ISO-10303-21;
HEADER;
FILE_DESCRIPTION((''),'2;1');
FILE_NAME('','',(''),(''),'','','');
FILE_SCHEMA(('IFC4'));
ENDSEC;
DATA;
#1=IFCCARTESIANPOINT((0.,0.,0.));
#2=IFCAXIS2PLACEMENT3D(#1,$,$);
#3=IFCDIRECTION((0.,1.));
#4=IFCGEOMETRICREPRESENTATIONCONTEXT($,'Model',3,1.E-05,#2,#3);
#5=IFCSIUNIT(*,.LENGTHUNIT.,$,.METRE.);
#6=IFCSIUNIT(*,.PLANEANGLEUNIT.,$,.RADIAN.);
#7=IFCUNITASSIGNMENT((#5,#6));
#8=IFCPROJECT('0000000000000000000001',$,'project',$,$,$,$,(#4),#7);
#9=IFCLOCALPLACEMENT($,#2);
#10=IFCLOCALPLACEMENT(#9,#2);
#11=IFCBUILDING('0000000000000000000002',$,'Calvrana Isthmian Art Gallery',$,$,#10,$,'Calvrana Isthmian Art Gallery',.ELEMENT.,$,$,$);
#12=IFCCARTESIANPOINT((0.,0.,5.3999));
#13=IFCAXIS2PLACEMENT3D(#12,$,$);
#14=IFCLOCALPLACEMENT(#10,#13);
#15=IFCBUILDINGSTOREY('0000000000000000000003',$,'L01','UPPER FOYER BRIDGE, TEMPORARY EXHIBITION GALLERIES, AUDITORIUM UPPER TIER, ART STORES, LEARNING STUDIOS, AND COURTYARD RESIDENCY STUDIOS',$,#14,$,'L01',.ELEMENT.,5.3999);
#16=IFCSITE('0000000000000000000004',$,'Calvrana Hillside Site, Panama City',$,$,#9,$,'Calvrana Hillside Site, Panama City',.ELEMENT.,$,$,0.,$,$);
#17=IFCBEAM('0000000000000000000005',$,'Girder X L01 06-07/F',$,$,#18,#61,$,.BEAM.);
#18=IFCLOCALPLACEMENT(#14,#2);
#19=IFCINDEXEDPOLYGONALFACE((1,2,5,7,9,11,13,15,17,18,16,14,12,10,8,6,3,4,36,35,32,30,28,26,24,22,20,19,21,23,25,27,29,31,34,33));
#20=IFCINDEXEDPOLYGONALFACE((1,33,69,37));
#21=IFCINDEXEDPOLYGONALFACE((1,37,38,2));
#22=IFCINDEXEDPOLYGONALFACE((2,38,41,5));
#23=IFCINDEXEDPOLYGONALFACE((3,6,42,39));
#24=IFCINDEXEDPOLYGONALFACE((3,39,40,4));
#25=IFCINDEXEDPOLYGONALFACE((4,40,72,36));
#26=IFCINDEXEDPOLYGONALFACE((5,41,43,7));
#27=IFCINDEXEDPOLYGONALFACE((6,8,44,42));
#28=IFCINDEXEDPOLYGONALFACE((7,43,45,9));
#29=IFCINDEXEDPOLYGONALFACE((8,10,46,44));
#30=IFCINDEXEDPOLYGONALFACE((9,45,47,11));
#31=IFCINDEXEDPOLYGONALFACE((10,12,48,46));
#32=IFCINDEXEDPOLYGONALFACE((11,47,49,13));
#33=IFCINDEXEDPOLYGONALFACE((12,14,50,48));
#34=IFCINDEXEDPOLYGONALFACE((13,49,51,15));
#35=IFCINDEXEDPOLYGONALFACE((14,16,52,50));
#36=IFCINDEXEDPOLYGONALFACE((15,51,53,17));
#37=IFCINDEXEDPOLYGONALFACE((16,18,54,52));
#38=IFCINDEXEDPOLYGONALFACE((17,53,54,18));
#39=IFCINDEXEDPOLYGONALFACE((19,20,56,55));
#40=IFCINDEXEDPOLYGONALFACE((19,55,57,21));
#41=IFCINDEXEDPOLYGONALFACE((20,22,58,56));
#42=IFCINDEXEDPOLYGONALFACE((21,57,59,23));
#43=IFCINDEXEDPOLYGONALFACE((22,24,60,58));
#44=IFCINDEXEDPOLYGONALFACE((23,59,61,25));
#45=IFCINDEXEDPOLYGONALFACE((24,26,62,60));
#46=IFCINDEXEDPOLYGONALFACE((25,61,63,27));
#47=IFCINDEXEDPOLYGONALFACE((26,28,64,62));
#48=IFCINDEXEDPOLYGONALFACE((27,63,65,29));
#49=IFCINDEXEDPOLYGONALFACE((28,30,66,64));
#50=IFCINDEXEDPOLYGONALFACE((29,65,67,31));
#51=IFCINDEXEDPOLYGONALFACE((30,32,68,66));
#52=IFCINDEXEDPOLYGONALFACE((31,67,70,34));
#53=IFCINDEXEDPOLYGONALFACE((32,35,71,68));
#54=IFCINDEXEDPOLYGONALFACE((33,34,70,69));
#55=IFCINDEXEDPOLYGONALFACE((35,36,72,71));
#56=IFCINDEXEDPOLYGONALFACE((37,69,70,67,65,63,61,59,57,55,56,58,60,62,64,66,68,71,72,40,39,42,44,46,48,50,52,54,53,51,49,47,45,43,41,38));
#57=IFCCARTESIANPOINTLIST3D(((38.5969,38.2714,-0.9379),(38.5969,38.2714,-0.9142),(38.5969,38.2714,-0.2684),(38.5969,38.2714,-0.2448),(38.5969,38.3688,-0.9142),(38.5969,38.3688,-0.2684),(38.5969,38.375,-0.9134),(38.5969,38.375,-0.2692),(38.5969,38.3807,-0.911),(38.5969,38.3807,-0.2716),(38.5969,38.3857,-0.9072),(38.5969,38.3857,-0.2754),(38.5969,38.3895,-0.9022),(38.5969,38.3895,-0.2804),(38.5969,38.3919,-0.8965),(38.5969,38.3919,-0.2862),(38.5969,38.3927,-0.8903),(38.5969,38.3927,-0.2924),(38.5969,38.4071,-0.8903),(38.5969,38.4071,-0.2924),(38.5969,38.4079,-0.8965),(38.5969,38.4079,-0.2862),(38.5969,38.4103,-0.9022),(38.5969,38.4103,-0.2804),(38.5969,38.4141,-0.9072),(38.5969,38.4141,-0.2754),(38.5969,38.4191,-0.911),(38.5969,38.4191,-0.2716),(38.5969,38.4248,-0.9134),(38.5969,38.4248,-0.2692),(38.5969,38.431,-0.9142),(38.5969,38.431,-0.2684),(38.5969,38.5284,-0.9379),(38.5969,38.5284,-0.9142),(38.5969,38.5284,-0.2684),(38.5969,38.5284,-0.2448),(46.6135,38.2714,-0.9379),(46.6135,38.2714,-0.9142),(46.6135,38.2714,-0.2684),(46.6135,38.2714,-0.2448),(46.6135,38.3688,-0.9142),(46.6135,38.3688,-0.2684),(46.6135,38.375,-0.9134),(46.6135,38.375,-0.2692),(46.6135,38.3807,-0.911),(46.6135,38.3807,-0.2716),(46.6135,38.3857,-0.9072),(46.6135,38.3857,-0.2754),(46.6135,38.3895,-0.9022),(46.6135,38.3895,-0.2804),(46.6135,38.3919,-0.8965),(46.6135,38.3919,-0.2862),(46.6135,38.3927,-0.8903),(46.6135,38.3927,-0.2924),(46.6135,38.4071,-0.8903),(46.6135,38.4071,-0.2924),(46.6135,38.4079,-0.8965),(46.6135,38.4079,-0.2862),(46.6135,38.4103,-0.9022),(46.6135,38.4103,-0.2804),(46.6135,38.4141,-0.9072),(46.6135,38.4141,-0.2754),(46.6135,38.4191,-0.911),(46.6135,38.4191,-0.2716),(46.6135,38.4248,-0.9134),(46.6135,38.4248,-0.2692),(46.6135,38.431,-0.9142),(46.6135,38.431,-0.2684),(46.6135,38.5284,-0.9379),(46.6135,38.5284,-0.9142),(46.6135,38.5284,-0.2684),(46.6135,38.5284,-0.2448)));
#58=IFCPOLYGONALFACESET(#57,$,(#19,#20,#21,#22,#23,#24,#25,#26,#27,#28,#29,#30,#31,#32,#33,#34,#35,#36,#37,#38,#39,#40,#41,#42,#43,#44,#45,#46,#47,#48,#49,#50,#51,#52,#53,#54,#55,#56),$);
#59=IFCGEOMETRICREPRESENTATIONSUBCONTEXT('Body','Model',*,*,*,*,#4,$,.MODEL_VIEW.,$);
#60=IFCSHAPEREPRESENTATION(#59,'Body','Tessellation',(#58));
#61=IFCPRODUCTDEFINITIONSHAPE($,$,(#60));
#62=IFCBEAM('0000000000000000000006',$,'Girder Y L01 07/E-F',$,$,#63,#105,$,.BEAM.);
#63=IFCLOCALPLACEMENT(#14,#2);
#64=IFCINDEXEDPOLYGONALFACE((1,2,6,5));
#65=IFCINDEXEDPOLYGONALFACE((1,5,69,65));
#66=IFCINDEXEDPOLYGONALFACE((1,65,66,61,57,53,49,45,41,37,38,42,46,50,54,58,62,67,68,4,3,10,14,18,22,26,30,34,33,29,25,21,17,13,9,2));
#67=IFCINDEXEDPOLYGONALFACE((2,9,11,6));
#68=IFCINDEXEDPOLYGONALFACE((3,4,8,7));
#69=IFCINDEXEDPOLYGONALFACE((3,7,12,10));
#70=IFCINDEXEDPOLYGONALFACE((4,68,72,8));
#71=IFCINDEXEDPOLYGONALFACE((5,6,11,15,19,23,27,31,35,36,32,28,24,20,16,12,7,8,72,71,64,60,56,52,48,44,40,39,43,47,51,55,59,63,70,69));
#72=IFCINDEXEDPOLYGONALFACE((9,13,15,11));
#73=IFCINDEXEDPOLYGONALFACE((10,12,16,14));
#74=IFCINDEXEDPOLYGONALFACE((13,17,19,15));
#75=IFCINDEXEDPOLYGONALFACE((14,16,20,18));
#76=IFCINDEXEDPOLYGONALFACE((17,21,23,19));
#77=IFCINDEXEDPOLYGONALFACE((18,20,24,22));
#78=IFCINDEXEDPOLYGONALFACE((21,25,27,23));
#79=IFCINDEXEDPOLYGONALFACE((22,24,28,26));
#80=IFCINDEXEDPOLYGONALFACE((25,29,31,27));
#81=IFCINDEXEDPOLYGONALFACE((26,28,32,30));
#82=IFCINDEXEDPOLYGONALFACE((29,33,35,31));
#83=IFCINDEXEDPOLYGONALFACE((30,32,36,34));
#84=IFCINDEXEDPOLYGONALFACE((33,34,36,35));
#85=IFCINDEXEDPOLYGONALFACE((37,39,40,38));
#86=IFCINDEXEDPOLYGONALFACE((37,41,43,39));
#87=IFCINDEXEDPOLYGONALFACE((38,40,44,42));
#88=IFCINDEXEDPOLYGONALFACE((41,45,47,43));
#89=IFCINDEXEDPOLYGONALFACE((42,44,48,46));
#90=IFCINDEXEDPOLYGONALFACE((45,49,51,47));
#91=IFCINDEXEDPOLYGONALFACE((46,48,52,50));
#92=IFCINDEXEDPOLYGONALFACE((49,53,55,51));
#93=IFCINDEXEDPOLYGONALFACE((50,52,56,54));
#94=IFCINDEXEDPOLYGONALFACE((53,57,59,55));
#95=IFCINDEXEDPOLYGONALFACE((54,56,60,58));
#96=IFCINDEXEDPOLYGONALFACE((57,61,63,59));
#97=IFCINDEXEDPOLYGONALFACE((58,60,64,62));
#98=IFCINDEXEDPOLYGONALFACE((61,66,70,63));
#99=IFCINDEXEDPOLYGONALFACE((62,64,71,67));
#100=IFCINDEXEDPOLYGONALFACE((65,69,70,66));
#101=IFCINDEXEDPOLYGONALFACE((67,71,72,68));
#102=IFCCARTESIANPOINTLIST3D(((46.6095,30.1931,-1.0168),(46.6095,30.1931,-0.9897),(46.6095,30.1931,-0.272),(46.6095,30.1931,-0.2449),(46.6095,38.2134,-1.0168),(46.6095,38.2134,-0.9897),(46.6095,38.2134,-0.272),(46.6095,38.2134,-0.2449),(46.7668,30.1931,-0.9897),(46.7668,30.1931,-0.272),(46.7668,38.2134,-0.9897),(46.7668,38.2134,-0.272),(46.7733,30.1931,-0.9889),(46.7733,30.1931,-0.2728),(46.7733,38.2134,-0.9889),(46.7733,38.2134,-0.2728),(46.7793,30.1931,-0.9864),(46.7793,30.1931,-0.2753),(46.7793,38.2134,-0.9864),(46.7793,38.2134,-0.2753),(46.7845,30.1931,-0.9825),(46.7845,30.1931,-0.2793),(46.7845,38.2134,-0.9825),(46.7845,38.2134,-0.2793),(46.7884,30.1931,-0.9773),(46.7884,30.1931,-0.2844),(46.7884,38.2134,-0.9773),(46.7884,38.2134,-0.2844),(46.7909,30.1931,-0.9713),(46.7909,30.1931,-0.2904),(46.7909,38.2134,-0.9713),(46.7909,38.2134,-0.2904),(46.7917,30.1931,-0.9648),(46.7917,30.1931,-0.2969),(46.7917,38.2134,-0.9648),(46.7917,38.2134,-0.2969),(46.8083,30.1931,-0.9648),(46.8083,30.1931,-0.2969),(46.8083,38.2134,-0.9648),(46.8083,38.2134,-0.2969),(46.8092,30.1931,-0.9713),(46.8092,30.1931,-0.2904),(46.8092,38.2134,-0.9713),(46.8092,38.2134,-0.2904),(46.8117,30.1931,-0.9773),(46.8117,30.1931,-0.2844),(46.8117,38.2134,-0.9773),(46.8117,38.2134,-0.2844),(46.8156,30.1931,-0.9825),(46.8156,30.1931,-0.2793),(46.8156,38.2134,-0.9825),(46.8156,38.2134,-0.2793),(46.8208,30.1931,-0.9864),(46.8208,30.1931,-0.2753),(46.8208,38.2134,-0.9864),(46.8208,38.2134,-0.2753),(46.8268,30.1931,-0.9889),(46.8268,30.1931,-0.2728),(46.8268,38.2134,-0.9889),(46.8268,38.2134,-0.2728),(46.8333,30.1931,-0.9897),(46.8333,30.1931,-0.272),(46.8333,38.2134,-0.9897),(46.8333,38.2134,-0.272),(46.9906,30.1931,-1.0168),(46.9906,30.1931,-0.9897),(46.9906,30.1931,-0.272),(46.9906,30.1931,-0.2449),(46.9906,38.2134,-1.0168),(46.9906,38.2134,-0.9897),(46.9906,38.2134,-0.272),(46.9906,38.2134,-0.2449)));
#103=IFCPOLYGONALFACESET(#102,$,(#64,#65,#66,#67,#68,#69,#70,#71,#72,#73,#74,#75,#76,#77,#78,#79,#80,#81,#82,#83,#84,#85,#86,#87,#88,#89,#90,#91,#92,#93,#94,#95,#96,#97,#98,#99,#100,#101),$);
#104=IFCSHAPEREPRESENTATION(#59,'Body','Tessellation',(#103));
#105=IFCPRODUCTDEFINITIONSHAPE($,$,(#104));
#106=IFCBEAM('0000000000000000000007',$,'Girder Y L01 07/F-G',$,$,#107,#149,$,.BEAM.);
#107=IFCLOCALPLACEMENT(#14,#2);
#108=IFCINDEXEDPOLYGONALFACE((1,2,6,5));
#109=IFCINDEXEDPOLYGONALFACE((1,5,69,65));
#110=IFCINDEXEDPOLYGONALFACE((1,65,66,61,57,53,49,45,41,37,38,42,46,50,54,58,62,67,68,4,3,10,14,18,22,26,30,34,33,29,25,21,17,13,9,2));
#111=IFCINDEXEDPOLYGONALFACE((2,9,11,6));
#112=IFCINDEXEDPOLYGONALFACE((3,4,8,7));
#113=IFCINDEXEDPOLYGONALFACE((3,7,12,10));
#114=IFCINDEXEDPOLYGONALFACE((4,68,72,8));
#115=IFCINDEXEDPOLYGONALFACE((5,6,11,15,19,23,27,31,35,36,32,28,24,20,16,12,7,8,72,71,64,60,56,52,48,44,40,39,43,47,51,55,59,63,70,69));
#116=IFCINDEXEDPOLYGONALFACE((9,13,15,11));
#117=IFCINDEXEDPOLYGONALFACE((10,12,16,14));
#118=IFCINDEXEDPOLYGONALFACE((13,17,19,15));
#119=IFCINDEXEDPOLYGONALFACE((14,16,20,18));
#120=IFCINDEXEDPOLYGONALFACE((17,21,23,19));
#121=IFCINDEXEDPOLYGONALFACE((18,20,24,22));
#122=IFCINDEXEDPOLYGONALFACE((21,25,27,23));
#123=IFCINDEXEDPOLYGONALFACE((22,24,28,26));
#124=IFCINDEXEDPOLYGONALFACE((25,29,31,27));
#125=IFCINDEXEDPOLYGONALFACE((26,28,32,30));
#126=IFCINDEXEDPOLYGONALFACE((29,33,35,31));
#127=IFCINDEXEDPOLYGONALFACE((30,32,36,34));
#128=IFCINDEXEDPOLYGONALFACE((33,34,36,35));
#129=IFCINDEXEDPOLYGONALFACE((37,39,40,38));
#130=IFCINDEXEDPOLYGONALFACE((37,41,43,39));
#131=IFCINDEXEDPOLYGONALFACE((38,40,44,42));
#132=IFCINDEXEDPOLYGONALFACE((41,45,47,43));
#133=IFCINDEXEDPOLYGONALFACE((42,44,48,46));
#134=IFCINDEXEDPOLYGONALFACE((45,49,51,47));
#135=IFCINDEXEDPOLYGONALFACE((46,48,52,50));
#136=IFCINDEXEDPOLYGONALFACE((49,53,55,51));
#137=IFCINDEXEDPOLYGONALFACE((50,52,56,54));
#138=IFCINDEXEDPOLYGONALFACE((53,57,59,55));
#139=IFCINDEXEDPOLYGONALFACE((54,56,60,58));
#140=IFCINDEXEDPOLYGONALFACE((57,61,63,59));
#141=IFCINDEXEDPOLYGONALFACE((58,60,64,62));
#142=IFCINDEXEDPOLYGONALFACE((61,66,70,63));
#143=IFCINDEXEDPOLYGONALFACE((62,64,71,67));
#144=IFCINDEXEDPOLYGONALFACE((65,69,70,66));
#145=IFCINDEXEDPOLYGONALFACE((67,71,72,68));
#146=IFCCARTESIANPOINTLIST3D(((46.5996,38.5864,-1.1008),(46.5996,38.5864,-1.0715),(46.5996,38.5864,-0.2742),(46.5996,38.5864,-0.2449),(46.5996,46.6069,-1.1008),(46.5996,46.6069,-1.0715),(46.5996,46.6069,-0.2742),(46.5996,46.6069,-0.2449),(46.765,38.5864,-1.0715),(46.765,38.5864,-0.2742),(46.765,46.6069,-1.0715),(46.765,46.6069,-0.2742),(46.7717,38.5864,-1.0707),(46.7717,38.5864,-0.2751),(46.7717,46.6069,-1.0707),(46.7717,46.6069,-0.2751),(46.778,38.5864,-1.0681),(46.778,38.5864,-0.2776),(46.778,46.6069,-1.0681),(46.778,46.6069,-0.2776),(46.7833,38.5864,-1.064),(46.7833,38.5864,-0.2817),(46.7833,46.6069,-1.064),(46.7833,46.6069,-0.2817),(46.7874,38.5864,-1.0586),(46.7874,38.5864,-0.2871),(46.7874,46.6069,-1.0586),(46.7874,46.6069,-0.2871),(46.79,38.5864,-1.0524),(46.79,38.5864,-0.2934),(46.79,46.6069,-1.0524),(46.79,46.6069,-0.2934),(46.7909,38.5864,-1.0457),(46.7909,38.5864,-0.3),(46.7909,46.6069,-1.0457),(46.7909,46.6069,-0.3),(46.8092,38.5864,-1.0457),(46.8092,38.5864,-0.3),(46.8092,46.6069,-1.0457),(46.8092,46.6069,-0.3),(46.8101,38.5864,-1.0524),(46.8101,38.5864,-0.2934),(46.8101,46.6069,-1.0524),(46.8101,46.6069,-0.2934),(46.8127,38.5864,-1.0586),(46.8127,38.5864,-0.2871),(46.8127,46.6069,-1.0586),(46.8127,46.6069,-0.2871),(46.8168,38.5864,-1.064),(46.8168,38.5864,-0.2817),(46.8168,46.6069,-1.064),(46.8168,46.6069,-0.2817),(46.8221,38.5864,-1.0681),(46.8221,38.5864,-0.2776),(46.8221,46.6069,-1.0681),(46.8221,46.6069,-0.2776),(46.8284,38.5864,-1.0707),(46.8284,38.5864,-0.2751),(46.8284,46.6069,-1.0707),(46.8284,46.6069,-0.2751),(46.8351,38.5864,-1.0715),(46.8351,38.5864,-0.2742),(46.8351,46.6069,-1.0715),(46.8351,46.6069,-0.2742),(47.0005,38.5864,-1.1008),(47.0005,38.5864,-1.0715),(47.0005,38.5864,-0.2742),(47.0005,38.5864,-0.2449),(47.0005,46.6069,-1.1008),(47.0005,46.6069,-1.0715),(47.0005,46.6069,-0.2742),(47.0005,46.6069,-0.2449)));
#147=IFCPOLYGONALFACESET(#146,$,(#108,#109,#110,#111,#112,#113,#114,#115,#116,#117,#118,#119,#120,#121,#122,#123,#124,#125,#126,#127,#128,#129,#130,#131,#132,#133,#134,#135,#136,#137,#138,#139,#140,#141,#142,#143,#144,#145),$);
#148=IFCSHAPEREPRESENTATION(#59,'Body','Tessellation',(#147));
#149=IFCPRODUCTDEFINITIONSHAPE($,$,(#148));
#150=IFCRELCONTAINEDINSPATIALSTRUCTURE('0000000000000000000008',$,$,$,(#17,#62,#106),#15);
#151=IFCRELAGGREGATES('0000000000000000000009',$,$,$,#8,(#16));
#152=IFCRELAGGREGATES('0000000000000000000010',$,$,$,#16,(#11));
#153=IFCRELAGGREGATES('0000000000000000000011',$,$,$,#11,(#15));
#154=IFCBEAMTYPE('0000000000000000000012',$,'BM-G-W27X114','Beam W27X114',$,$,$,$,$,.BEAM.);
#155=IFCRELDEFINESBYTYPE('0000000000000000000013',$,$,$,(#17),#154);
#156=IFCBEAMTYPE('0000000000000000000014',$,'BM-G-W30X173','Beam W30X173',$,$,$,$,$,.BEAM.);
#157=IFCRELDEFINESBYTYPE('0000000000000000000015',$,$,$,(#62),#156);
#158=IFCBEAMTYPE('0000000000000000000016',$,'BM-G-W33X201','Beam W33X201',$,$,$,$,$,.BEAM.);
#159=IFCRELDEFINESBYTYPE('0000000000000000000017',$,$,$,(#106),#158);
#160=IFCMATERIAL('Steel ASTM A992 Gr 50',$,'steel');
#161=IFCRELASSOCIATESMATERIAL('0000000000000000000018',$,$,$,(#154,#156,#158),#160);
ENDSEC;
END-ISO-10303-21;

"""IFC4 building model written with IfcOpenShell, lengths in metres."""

from ifc_helpers import new_model, si_unit, direction, frame, origin, origin_2d, place, context, subcontext, project, spatial, i_section, extrude, material, material_profile, profile_set, type_object, element, save


model = new_model("IFC4")

# Units and contexts
model_context = context("Model", 3, precision=1e-05, world=origin(), true_north=direction((0.0, 1.0)))
body_context = subcontext(model_context, "Body", "Model", "MODEL_VIEW")
ifc_project = project(units=[si_unit("LENGTHUNIT", "METRE"), si_unit("PLANEANGLEUNIT", "RADIAN")], contexts=[model_context])

# Site, building, storey
site_placement = place(None, origin())
site = spatial("IfcSite", under=ifc_project, at=site_placement, Name="Calvrana Hillside Site, Panama City", LongName="Calvrana Hillside Site, Panama City", CompositionType="ELEMENT", RefElevation=0.0)
building_placement = place(site_placement, origin())
building = spatial("IfcBuilding", under=site, at=building_placement, Name="Calvrana Isthmian Art Gallery", LongName="Calvrana Isthmian Art Gallery", CompositionType="ELEMENT")
storey_placement = place(building_placement, frame((0.0, 0.0, 5.3999)))
storey = spatial("IfcBuildingStorey", under=building, at=storey_placement, Name="L01", Description="UPPER FOYER BRIDGE, TEMPORARY EXHIBITION GALLERIES, AUDITORIUM UPPER TIER, ART STORES, LEARNING STUDIOS, AND COURTYARD RESIDENCY STUDIOS", LongName="L01", CompositionType="ELEMENT", Elevation=5.3999)

# Shared definitions
ifc_material_1 = material(Name="Steel ASTM A992 Gr 50", Category="steel")

# Beams
ifc_material_profile_1 = material_profile(ifc_material_1, i_section(OverallWidth=0.2571, OverallDepth=0.6931, WebThickness=0.0144, FlangeThickness=0.0237, FilletRadius=0.0239, at=origin_2d()), Name="W27X114")
ifc_profile_set_1 = profile_set([ifc_material_profile_1], Name="Steel ASTM A992 Gr 50")
beam_type_1 = type_object("IfcBeamType", Name="BM-G-W27X114", Description="Beam W27X114", PredefinedType="BEAM", material=ifc_profile_set_1)
beam_1_placement = place(storey_placement, frame((38.5969, 38.3999, -0.5913), z_axis=(1.0, 0.0, 0.0), x_axis=(0.0, 1.0, 0.0)))
element("IfcBeam", 1, at=beam_1_placement, inside=storey, type_object=beam_type_1, Name="Girder X L01 06-07/F", PredefinedType="BEAM", context=body_context, shape_type="SweptSolid", body=[
    extrude(i_section(OverallWidth=0.2571, OverallDepth=0.6931, WebThickness=0.0144, FlangeThickness=0.0237, FilletRadius=0.0239, at=origin_2d()), origin(), (0.0, 0.0, 1.0), 8.0166),
])
ifc_material_profile_2 = material_profile(ifc_material_1, i_section(OverallWidth=0.3811, OverallDepth=0.772, WebThickness=0.0166, FlangeThickness=0.0271, FilletRadius=0.0249, at=origin_2d()), Name="W30X173")
ifc_profile_set_2 = profile_set([ifc_material_profile_2], Name="Steel ASTM A992 Gr 50")
beam_type_2 = type_object("IfcBeamType", Name="BM-G-W30X173", Description="Beam W30X173", PredefinedType="BEAM", material=ifc_profile_set_2)
beam_2_placement = place(storey_placement, frame((46.8, 30.1931, -0.6309), z_axis=(0.0, 1.0, 0.0), x_axis=(-1.0, 0.0, 0.0)))
element("IfcBeam", 2, at=beam_2_placement, inside=storey, type_object=beam_type_2, Name="Girder Y L01 07/E-F", PredefinedType="BEAM", context=body_context, shape_type="SweptSolid", body=[
    extrude(i_section(OverallWidth=0.3811, OverallDepth=0.772, WebThickness=0.0166, FlangeThickness=0.0271, FilletRadius=0.0249, at=origin_2d()), origin(), (0.0, 0.0, 1.0), 8.0203),
])
ifc_material_profile_3 = material_profile(ifc_material_1, i_section(OverallWidth=0.4009, OverallDepth=0.856, WebThickness=0.0183, FlangeThickness=0.0293, FilletRadius=0.0259, at=origin_2d()), Name="W33X201")
ifc_profile_set_3 = profile_set([ifc_material_profile_3], Name="Steel ASTM A992 Gr 50")
beam_type_3 = type_object("IfcBeamType", Name="BM-G-W33X201", Description="Beam W33X201", PredefinedType="BEAM", material=ifc_profile_set_3)
beam_3_placement = place(storey_placement, frame((46.8, 38.5864, -0.6729), z_axis=(0.0, 1.0, 0.0), x_axis=(-1.0, 0.0, 0.0)))
element("IfcBeam", 3, at=beam_3_placement, inside=storey, type_object=beam_type_3, Name="Girder Y L01 07/F-G", PredefinedType="BEAM", context=body_context, shape_type="SweptSolid", body=[
    extrude(i_section(OverallWidth=0.4009, OverallDepth=0.856, WebThickness=0.0183, FlangeThickness=0.0293, FilletRadius=0.0259, at=origin_2d()), origin(), (0.0, 0.0, 1.0), 8.0205),
])

save(model, "model.ifc")
